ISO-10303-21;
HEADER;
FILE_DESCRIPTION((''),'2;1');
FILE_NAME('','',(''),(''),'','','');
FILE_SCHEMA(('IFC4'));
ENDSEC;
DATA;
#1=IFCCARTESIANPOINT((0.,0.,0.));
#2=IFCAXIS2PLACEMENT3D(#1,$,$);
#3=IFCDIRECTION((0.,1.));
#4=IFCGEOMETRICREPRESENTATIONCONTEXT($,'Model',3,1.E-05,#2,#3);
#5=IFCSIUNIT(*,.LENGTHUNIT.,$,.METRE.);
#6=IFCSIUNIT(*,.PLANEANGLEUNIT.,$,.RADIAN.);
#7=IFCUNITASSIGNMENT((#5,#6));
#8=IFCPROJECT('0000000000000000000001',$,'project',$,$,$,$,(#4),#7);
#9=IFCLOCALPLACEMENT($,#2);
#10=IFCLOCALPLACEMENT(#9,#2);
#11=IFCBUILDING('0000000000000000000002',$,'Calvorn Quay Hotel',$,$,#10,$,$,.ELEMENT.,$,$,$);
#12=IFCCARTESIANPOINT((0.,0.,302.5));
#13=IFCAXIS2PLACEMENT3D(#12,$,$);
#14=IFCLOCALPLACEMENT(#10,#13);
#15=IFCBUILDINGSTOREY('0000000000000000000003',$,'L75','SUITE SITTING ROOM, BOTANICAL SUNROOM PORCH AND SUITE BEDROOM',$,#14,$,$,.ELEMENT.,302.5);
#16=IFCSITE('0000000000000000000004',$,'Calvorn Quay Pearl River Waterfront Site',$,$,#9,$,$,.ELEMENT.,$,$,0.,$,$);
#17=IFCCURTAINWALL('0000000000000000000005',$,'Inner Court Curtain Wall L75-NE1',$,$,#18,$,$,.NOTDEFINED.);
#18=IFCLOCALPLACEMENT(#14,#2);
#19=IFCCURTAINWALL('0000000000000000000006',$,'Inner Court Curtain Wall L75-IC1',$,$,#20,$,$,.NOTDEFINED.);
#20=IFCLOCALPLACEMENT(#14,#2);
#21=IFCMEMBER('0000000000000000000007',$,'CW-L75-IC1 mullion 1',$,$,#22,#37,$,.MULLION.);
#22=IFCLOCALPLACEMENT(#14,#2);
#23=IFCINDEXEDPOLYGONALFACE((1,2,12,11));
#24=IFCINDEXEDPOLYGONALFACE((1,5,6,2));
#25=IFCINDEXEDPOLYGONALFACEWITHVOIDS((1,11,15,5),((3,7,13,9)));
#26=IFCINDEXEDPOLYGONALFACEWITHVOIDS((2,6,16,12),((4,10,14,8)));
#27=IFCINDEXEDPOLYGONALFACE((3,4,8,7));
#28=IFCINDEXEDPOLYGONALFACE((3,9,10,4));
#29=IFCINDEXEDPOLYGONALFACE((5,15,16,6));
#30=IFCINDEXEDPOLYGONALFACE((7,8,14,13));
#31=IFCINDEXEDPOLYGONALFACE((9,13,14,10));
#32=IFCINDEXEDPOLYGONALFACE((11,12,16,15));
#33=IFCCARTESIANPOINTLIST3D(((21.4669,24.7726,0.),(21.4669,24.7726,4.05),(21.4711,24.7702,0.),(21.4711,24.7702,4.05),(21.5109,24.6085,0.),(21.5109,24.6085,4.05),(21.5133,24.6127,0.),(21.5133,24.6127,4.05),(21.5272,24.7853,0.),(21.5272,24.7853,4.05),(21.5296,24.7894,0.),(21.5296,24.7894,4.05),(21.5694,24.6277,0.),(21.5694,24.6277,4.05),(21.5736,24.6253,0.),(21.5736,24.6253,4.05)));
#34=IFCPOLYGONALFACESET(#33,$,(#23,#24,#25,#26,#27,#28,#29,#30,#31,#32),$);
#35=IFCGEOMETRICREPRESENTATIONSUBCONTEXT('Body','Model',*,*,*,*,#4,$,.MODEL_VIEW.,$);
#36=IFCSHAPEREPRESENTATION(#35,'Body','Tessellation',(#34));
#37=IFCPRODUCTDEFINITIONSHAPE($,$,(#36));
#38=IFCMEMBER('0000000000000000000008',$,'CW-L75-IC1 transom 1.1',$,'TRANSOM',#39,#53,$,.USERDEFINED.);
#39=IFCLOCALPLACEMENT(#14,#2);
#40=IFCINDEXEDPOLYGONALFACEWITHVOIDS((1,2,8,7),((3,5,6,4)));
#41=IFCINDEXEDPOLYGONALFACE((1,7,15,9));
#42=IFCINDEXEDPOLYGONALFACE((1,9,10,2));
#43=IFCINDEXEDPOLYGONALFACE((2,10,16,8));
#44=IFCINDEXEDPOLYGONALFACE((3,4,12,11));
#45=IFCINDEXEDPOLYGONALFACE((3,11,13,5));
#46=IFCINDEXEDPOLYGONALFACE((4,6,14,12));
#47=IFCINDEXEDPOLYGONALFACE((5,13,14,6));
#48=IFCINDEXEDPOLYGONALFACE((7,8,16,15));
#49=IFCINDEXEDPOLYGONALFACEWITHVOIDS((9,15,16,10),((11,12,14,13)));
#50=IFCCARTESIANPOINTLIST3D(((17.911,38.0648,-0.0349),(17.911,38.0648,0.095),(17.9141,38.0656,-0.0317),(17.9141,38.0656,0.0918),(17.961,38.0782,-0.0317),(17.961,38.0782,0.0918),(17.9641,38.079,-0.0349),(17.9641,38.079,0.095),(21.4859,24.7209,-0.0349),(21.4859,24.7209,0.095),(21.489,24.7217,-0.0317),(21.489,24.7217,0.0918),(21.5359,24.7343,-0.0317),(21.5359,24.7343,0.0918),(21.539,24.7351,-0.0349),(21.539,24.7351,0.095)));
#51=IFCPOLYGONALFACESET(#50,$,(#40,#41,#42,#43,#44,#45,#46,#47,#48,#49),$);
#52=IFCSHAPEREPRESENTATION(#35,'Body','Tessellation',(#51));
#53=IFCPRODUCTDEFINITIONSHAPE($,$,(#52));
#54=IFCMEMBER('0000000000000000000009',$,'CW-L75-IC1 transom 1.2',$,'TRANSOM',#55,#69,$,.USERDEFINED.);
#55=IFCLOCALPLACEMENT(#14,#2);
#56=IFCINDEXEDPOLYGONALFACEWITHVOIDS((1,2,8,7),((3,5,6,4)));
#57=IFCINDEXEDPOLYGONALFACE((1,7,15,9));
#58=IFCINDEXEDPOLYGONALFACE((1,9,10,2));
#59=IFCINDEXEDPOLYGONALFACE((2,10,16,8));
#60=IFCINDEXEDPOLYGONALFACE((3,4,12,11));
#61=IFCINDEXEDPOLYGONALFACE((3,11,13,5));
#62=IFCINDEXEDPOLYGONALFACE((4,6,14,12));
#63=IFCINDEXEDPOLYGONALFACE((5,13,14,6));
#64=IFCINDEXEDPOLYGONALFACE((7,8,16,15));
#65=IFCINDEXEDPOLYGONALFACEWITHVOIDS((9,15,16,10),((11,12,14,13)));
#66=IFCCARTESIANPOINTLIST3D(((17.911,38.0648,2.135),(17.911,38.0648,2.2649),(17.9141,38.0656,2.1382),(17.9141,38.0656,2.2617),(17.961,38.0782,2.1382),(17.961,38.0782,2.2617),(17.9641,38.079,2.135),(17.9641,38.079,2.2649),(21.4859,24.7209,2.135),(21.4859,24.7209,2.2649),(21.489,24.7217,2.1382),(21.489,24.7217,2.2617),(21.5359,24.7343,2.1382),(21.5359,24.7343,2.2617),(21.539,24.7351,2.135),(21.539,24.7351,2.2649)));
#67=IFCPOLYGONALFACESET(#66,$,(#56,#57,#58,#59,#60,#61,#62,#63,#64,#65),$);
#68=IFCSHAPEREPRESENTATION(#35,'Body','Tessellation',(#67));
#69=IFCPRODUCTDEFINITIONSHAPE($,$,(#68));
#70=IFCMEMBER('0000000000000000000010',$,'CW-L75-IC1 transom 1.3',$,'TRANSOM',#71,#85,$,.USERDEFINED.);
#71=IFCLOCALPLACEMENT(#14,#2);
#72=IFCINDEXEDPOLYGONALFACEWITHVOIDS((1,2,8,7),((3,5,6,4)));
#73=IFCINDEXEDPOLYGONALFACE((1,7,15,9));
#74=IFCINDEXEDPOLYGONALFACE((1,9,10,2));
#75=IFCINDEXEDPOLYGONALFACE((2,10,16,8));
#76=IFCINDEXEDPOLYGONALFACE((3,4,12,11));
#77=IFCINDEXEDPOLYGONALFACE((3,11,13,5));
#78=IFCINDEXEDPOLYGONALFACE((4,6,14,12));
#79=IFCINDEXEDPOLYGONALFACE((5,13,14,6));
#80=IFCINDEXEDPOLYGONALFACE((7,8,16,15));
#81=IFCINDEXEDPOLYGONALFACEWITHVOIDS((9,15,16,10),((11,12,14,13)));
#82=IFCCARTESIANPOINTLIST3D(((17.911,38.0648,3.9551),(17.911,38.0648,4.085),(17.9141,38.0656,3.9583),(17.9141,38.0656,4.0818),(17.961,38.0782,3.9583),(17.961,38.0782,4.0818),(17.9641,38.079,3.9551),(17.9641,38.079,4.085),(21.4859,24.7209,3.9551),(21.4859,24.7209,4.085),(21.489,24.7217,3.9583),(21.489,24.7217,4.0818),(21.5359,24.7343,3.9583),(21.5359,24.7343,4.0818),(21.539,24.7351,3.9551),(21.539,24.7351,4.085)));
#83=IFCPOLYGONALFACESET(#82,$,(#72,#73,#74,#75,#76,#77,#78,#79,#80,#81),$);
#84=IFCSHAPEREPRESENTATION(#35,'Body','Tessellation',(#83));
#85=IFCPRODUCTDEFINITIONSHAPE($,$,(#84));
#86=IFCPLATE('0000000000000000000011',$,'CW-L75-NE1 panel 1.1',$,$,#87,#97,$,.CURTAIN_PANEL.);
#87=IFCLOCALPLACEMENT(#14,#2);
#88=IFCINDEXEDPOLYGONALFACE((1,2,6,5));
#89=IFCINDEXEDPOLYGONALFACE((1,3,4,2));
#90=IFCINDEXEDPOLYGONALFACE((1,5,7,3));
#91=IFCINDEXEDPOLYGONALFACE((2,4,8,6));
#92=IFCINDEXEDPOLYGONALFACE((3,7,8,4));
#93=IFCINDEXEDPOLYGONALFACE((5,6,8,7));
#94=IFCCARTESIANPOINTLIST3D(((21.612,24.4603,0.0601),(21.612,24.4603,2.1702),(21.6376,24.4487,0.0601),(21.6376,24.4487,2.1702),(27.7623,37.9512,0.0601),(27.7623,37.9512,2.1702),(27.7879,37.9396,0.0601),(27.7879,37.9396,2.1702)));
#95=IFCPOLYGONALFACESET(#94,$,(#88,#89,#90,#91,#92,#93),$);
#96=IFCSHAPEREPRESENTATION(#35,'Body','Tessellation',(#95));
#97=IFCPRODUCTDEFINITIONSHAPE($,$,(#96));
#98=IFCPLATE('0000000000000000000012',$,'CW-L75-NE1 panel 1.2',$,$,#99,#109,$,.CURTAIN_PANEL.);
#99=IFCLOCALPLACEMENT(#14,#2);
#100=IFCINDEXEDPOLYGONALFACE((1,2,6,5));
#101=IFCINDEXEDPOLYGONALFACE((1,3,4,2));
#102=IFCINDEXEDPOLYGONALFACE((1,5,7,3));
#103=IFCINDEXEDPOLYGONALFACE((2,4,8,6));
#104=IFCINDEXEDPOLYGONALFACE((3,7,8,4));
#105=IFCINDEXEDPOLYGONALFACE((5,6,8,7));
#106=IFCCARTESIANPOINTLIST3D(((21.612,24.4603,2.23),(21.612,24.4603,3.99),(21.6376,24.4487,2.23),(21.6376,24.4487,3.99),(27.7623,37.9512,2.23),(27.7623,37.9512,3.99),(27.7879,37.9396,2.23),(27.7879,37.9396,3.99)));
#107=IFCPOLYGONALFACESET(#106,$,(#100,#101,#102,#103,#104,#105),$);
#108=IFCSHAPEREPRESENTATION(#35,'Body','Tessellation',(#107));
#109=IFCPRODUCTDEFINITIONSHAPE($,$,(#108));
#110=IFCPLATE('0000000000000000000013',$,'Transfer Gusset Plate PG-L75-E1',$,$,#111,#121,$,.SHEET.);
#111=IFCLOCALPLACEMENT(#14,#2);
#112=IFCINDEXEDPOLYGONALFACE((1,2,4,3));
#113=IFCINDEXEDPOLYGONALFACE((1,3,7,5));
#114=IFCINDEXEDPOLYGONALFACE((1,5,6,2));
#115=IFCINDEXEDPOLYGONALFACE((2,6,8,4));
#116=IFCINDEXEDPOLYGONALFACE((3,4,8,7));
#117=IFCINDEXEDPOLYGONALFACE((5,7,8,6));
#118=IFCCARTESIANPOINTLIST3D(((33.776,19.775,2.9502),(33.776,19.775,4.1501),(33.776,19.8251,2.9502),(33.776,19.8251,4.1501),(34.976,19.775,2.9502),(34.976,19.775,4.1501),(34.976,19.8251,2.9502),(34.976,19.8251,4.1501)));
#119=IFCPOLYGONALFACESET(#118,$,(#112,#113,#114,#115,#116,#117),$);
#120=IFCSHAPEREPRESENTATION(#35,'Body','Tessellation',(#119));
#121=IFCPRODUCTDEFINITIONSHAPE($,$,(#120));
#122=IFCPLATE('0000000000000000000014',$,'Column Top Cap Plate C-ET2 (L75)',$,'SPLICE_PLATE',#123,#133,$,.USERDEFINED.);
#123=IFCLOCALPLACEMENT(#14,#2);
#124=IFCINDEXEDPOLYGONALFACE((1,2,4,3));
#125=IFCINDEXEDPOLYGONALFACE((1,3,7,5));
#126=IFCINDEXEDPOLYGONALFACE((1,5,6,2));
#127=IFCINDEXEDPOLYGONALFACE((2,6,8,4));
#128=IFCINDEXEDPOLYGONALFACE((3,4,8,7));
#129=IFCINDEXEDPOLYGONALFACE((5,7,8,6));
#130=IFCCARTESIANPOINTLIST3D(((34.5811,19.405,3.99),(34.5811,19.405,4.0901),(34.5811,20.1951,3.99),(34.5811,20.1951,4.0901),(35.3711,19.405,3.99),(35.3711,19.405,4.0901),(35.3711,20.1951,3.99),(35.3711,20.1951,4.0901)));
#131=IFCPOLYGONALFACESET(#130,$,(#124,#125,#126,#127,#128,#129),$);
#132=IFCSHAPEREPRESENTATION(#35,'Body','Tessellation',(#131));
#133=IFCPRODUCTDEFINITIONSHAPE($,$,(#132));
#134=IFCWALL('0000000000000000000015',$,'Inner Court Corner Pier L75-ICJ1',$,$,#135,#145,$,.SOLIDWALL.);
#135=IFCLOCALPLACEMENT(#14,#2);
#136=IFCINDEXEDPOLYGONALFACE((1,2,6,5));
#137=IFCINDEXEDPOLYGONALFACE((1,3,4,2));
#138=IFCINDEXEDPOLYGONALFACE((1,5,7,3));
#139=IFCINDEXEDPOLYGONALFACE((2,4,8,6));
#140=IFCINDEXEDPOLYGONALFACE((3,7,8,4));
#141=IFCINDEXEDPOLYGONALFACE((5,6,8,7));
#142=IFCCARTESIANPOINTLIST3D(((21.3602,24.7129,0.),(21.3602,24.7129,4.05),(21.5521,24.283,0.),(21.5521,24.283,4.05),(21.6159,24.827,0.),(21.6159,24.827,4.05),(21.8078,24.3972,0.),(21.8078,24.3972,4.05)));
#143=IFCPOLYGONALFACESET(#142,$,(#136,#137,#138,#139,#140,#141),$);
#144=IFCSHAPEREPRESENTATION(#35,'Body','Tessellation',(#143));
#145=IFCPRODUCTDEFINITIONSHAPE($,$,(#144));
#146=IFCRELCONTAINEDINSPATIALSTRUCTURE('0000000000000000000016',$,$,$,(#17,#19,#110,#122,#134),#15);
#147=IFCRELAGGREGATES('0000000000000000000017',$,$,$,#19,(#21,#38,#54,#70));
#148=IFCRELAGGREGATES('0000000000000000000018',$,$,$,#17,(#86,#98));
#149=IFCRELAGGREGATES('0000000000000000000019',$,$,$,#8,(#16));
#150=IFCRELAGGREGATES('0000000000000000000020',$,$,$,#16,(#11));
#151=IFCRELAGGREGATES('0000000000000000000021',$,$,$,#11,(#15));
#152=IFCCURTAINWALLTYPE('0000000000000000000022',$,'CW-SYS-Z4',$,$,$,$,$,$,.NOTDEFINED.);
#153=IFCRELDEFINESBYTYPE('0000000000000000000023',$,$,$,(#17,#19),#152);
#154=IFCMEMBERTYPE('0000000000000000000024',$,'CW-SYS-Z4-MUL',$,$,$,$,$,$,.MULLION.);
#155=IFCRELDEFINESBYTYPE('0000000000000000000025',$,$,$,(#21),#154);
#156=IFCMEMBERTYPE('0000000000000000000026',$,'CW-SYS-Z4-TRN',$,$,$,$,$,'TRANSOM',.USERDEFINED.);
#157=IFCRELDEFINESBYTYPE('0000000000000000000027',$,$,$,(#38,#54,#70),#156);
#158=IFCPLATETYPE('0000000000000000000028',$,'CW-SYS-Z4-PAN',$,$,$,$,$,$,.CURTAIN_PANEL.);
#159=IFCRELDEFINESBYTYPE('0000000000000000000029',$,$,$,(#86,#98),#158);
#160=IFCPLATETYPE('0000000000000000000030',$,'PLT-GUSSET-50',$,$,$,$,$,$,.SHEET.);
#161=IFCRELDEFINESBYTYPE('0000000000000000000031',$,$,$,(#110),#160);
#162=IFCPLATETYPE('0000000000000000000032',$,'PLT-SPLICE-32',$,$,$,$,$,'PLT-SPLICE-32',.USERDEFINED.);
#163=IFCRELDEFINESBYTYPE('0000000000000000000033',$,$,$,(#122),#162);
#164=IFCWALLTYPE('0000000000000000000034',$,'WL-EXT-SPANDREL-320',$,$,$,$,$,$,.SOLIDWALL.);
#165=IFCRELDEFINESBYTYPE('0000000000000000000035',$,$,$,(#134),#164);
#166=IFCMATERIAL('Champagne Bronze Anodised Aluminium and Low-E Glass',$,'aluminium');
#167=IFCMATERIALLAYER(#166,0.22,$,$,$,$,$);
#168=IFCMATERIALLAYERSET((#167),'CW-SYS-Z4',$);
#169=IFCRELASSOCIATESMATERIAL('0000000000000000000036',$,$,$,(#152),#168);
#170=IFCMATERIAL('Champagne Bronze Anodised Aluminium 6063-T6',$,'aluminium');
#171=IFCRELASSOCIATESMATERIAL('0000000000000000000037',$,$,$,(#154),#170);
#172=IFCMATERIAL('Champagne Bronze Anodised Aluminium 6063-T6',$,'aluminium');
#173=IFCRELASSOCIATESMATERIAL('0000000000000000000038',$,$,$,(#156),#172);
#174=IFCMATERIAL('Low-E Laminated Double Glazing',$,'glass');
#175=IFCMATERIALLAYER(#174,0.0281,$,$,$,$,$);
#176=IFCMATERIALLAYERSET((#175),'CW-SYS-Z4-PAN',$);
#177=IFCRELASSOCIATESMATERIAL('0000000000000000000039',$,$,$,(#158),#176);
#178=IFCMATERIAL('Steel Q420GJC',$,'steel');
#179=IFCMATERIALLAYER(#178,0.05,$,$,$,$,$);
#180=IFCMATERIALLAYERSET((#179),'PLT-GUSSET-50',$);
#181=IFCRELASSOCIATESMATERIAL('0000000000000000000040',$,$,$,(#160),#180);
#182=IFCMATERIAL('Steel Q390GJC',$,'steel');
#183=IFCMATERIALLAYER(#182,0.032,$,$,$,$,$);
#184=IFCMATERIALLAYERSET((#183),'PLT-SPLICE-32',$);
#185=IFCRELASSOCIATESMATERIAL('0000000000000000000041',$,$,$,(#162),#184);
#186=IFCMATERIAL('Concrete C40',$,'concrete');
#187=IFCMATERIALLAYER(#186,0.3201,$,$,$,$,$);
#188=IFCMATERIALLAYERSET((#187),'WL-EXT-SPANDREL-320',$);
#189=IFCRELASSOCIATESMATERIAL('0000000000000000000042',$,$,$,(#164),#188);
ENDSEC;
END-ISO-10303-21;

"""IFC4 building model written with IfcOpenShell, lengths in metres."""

from ifc_helpers import new_model, si_unit, direction, frame, frame_2d, origin, origin_2d, place, context, subcontext, project, spatial, rectangle, hollow_rectangle, extrude, material, layer, layer_set, material_profile, profile_set, type_object, element, aggregate, save


model = new_model("IFC4")

# Units and contexts
model_context = context("Model", 3, precision=1e-05, world=origin(), true_north=direction((0.0, 1.0)))
body_context = subcontext(model_context, "Body", "Model", "MODEL_VIEW")
ifc_project = project(units=[si_unit("LENGTHUNIT", "METRE"), si_unit("PLANEANGLEUNIT", "RADIAN")], contexts=[model_context])

# Site, building, storey
site_placement = place(None, origin())
site = spatial("IfcSite", under=ifc_project, at=site_placement, Name="Calvorn Quay Pearl River Waterfront Site", CompositionType="ELEMENT", RefElevation=0.0)
building_placement = place(site_placement, origin())
building = spatial("IfcBuilding", under=site, at=building_placement, Name="Calvorn Quay Hotel", CompositionType="ELEMENT")
storey_placement = place(building_placement, frame((0.0, 0.0, 302.5)))
storey = spatial("IfcBuildingStorey", under=building, at=storey_placement, Name="L75", Description="SUITE SITTING ROOM, BOTANICAL SUNROOM PORCH AND SUITE BEDROOM", CompositionType="ELEMENT", Elevation=302.5)

# Curtain wall
ifc_material_1 = material(Name="Champagne Bronze Anodised Aluminium and Low-E Glass", Category="aluminium")
ifc_layer_1 = layer(ifc_material_1, 0.22)
ifc_layer_set_1 = layer_set([ifc_layer_1], Name="CW-SYS-Z4")
curtain_wall_type = type_object("IfcCurtainWallType", Name="CW-SYS-Z4", PredefinedType="NOTDEFINED", material=ifc_layer_set_1)
curtain_wall_1_placement = place(storey_placement, origin())
curtain_wall_1 = element("IfcCurtainWall", 1, at=curtain_wall_1_placement, inside=storey, type_object=curtain_wall_type, Name="Inner Court Curtain Wall L75-NE1", PredefinedType="NOTDEFINED")
ifc_material_2 = material(Name="Champagne Bronze Anodised Aluminium 6063-T6", Category="aluminium")
ifc_material_profile_1 = material_profile(ifc_material_2, hollow_rectangle(XDim=0.0649, YDim=0.1699, WallThickness=0.0034, at=origin_2d()), Name="ALU-M170x65x3.5")
ifc_profile_set_1 = profile_set([ifc_material_profile_1], Name="Champagne Bronze Anodised Aluminium 6063-T6")
member_type_1 = type_object("IfcMemberType", Name="CW-SYS-Z4-MUL", PredefinedType="MULLION", material=ifc_profile_set_1)

# Curtain wall, members
curtain_wall_2_placement = place(storey_placement, origin())
curtain_wall_2 = element("IfcCurtainWall", 2, at=curtain_wall_2_placement, inside=storey, type_object=curtain_wall_type, Name="Inner Court Curtain Wall L75-IC1", PredefinedType="NOTDEFINED")
member_1_placement = place(storey_placement, frame((21.5203, 24.699, 0.0), z_axis=(0.0, 0.0, 1.0), x_axis=(-0.965937, -0.258779, 0.0)))
member_1 = element("IfcMember", 3, at=member_1_placement, type_object=member_type_1, Name="CW-L75-IC1 mullion 1", PredefinedType="MULLION", context=body_context, shape_type="SweptSolid", body=[
    extrude(hollow_rectangle(XDim=0.0649, YDim=0.1699, WallThickness=0.0034, at=origin_2d()), origin(), (0.0, 0.0, 1.0), 4.05),
])
ifc_material_3 = material(Name="Champagne Bronze Anodised Aluminium 6063-T6", Category="aluminium")
ifc_material_profile_2 = material_profile(ifc_material_3, hollow_rectangle(XDim=0.0549, YDim=0.1299, WallThickness=0.0032, at=origin_2d()), Name="ALU-T130x55x3.2")
ifc_profile_set_2 = profile_set([ifc_material_profile_2], Name="Champagne Bronze Anodised Aluminium 6063-T6")
member_type_2 = type_object("IfcMemberType", Name="CW-SYS-Z4-TRN", ElementType="TRANSOM", PredefinedType="USERDEFINED", material=ifc_profile_set_2)
member_2_placement = place(storey_placement, frame((21.5125, 24.728, 0.03), z_axis=(-0.258781, 0.965936, 0.0), x_axis=(-0.965936, -0.258781, 0.0)))
member_2 = element("IfcMember", 4, at=member_2_placement, type_object=member_type_2, Name="CW-L75-IC1 transom 1.1", ObjectType="TRANSOM", PredefinedType="USERDEFINED", context=body_context, shape_type="SweptSolid", body=[
    extrude(hollow_rectangle(XDim=0.0549, YDim=0.1299, WallThickness=0.0032, at=origin_2d()), origin(), (0.0, 0.0, 1.0), 13.8145),
])
member_3_placement = place(storey_placement, frame((21.5125, 24.728, 2.2), z_axis=(-0.258781, 0.965936, 0.0), x_axis=(-0.965936, -0.258781, 0.0)))
member_3 = element("IfcMember", 5, at=member_3_placement, type_object=member_type_2, Name="CW-L75-IC1 transom 1.2", ObjectType="TRANSOM", PredefinedType="USERDEFINED", context=body_context, shape_type="SweptSolid", body=[
    extrude(hollow_rectangle(XDim=0.0549, YDim=0.1299, WallThickness=0.0032, at=origin_2d()), origin(), (0.0, 0.0, 1.0), 13.8145),
])
member_4_placement = place(storey_placement, frame((21.5125, 24.728, 4.02), z_axis=(-0.258781, 0.965936, 0.0), x_axis=(-0.965936, -0.258781, 0.0)))
member_4 = element("IfcMember", 6, at=member_4_placement, type_object=member_type_2, Name="CW-L75-IC1 transom 1.3", ObjectType="TRANSOM", PredefinedType="USERDEFINED", context=body_context, shape_type="SweptSolid", body=[
    extrude(hollow_rectangle(XDim=0.0549, YDim=0.1299, WallThickness=0.0032, at=origin_2d()), origin(), (0.0, 0.0, 1.0), 13.8145),
])
aggregate(curtain_wall_2, [member_1, member_2, member_3, member_4])

# Plates
ifc_material_4 = material(Name="Low-E Laminated Double Glazing", Category="glass")
ifc_layer_2 = layer(ifc_material_4, 0.0281)
ifc_layer_set_2 = layer_set([ifc_layer_2], Name="CW-SYS-Z4-PAN")
plate_type_1 = type_object("IfcPlateType", Name="CW-SYS-Z4-PAN", PredefinedType="CURTAIN_PANEL", material=ifc_layer_set_2)
plate_1_placement = place(storey_placement, frame((24.7, 31.2, 0.0601), z_axis=(0.0, 0.0, 1.0), x_axis=(-0.414811, -0.909908, 0.0)))
plate_1 = element("IfcPlate", 7, at=plate_1_placement, type_object=plate_type_1, Name="CW-L75-NE1 panel 1.1", PredefinedType="CURTAIN_PANEL", context=body_context, shape_type="SweptSolid", body=[
    extrude(rectangle(XDim=14.8267, YDim=0.0281, at=origin_2d()), origin(), (0.0, 0.0, 1.0), 2.1101),
])
plate_2_placement = place(storey_placement, frame((24.7, 31.2, 2.23), z_axis=(0.0, 0.0, 1.0), x_axis=(-0.414811, -0.909908, 0.0)))
plate_2 = element("IfcPlate", 8, at=plate_2_placement, type_object=plate_type_1, Name="CW-L75-NE1 panel 1.2", PredefinedType="CURTAIN_PANEL", context=body_context, shape_type="SweptSolid", body=[
    extrude(rectangle(XDim=14.8267, YDim=0.0281, at=origin_2d()), origin(), (0.0, 0.0, 1.0), 1.76),
])
aggregate(curtain_wall_1, [plate_1, plate_2])

# Plates
ifc_material_5 = material(Name="Steel Q420GJC", Category="steel")
ifc_layer_3 = layer(ifc_material_5, 0.05)
ifc_layer_set_3 = layer_set([ifc_layer_3], Name="PLT-GUSSET-50")
plate_type_2 = type_object("IfcPlateType", Name="PLT-GUSSET-50", PredefinedType="SHEET", material=ifc_layer_set_3)
plate_3_placement = place(storey_placement, frame((34.376, 19.8, 2.9502), z_axis=(0.0, 0.0, 1.0), x_axis=(1.0, 0.0, 0.0)))
element("IfcPlate", 9, at=plate_3_placement, inside=storey, type_object=plate_type_2, Name="Transfer Gusset Plate PG-L75-E1", PredefinedType="SHEET", context=body_context, shape_type="SweptSolid", body=[
    extrude(rectangle(XDim=1.2, YDim=0.05, at=origin_2d()), origin(), (0.0, 0.0, 1.0), 1.2),
])
ifc_material_6 = material(Name="Steel Q390GJC", Category="steel")
ifc_layer_4 = layer(ifc_material_6, 0.032)
ifc_layer_set_4 = layer_set([ifc_layer_4], Name="PLT-SPLICE-32")
plate_type_3 = type_object("IfcPlateType", Name="PLT-SPLICE-32", ElementType="PLT-SPLICE-32", PredefinedType="USERDEFINED", material=ifc_layer_set_4)
plate_4_placement = place(storey_placement, frame((34.9761, 19.8, 3.99), z_axis=(0.0, 0.0, 1.0), x_axis=(1.0, 0.0, 0.0)))
element("IfcPlate", 10, at=plate_4_placement, inside=storey, type_object=plate_type_3, Name="Column Top Cap Plate C-ET2 (L75)", ObjectType="SPLICE_PLATE", PredefinedType="USERDEFINED", context=body_context, shape_type="SweptSolid", body=[
    extrude(rectangle(XDim=0.79, YDim=0.79, at=origin_2d()), origin(), (0.0, 0.0, 1.0), 0.1001),
])

# Wall
ifc_material_7 = material(Name="Concrete C40", Category="concrete")
ifc_layer_5 = layer(ifc_material_7, 0.3201)
ifc_layer_set_5 = layer_set([ifc_layer_5], Name="WL-EXT-SPANDREL-320")
wall_type = type_object("IfcWallType", Name="WL-EXT-SPANDREL-320", PredefinedType="SOLIDWALL", material=ifc_layer_set_5)
wall_placement = place(storey_placement, frame((21.6799, 24.3401, 0.0), z_axis=(0.0, 0.0, 1.0), x_axis=(-0.407581, 0.913169, 0.0)))
element("IfcWall", 11, at=wall_placement, inside=storey, type_object=wall_type, Name="Inner Court Corner Pier L75-ICJ1", PredefinedType="SOLIDWALL", context=body_context, shape_type="SweptSolid", body=[
    extrude(rectangle(XDim=0.4707, YDim=0.28, at=frame_2d((0.2354, 0.0))), origin(), (0.0, 0.0, 1.0), 4.05),
])

save(model, "model.ifc")
